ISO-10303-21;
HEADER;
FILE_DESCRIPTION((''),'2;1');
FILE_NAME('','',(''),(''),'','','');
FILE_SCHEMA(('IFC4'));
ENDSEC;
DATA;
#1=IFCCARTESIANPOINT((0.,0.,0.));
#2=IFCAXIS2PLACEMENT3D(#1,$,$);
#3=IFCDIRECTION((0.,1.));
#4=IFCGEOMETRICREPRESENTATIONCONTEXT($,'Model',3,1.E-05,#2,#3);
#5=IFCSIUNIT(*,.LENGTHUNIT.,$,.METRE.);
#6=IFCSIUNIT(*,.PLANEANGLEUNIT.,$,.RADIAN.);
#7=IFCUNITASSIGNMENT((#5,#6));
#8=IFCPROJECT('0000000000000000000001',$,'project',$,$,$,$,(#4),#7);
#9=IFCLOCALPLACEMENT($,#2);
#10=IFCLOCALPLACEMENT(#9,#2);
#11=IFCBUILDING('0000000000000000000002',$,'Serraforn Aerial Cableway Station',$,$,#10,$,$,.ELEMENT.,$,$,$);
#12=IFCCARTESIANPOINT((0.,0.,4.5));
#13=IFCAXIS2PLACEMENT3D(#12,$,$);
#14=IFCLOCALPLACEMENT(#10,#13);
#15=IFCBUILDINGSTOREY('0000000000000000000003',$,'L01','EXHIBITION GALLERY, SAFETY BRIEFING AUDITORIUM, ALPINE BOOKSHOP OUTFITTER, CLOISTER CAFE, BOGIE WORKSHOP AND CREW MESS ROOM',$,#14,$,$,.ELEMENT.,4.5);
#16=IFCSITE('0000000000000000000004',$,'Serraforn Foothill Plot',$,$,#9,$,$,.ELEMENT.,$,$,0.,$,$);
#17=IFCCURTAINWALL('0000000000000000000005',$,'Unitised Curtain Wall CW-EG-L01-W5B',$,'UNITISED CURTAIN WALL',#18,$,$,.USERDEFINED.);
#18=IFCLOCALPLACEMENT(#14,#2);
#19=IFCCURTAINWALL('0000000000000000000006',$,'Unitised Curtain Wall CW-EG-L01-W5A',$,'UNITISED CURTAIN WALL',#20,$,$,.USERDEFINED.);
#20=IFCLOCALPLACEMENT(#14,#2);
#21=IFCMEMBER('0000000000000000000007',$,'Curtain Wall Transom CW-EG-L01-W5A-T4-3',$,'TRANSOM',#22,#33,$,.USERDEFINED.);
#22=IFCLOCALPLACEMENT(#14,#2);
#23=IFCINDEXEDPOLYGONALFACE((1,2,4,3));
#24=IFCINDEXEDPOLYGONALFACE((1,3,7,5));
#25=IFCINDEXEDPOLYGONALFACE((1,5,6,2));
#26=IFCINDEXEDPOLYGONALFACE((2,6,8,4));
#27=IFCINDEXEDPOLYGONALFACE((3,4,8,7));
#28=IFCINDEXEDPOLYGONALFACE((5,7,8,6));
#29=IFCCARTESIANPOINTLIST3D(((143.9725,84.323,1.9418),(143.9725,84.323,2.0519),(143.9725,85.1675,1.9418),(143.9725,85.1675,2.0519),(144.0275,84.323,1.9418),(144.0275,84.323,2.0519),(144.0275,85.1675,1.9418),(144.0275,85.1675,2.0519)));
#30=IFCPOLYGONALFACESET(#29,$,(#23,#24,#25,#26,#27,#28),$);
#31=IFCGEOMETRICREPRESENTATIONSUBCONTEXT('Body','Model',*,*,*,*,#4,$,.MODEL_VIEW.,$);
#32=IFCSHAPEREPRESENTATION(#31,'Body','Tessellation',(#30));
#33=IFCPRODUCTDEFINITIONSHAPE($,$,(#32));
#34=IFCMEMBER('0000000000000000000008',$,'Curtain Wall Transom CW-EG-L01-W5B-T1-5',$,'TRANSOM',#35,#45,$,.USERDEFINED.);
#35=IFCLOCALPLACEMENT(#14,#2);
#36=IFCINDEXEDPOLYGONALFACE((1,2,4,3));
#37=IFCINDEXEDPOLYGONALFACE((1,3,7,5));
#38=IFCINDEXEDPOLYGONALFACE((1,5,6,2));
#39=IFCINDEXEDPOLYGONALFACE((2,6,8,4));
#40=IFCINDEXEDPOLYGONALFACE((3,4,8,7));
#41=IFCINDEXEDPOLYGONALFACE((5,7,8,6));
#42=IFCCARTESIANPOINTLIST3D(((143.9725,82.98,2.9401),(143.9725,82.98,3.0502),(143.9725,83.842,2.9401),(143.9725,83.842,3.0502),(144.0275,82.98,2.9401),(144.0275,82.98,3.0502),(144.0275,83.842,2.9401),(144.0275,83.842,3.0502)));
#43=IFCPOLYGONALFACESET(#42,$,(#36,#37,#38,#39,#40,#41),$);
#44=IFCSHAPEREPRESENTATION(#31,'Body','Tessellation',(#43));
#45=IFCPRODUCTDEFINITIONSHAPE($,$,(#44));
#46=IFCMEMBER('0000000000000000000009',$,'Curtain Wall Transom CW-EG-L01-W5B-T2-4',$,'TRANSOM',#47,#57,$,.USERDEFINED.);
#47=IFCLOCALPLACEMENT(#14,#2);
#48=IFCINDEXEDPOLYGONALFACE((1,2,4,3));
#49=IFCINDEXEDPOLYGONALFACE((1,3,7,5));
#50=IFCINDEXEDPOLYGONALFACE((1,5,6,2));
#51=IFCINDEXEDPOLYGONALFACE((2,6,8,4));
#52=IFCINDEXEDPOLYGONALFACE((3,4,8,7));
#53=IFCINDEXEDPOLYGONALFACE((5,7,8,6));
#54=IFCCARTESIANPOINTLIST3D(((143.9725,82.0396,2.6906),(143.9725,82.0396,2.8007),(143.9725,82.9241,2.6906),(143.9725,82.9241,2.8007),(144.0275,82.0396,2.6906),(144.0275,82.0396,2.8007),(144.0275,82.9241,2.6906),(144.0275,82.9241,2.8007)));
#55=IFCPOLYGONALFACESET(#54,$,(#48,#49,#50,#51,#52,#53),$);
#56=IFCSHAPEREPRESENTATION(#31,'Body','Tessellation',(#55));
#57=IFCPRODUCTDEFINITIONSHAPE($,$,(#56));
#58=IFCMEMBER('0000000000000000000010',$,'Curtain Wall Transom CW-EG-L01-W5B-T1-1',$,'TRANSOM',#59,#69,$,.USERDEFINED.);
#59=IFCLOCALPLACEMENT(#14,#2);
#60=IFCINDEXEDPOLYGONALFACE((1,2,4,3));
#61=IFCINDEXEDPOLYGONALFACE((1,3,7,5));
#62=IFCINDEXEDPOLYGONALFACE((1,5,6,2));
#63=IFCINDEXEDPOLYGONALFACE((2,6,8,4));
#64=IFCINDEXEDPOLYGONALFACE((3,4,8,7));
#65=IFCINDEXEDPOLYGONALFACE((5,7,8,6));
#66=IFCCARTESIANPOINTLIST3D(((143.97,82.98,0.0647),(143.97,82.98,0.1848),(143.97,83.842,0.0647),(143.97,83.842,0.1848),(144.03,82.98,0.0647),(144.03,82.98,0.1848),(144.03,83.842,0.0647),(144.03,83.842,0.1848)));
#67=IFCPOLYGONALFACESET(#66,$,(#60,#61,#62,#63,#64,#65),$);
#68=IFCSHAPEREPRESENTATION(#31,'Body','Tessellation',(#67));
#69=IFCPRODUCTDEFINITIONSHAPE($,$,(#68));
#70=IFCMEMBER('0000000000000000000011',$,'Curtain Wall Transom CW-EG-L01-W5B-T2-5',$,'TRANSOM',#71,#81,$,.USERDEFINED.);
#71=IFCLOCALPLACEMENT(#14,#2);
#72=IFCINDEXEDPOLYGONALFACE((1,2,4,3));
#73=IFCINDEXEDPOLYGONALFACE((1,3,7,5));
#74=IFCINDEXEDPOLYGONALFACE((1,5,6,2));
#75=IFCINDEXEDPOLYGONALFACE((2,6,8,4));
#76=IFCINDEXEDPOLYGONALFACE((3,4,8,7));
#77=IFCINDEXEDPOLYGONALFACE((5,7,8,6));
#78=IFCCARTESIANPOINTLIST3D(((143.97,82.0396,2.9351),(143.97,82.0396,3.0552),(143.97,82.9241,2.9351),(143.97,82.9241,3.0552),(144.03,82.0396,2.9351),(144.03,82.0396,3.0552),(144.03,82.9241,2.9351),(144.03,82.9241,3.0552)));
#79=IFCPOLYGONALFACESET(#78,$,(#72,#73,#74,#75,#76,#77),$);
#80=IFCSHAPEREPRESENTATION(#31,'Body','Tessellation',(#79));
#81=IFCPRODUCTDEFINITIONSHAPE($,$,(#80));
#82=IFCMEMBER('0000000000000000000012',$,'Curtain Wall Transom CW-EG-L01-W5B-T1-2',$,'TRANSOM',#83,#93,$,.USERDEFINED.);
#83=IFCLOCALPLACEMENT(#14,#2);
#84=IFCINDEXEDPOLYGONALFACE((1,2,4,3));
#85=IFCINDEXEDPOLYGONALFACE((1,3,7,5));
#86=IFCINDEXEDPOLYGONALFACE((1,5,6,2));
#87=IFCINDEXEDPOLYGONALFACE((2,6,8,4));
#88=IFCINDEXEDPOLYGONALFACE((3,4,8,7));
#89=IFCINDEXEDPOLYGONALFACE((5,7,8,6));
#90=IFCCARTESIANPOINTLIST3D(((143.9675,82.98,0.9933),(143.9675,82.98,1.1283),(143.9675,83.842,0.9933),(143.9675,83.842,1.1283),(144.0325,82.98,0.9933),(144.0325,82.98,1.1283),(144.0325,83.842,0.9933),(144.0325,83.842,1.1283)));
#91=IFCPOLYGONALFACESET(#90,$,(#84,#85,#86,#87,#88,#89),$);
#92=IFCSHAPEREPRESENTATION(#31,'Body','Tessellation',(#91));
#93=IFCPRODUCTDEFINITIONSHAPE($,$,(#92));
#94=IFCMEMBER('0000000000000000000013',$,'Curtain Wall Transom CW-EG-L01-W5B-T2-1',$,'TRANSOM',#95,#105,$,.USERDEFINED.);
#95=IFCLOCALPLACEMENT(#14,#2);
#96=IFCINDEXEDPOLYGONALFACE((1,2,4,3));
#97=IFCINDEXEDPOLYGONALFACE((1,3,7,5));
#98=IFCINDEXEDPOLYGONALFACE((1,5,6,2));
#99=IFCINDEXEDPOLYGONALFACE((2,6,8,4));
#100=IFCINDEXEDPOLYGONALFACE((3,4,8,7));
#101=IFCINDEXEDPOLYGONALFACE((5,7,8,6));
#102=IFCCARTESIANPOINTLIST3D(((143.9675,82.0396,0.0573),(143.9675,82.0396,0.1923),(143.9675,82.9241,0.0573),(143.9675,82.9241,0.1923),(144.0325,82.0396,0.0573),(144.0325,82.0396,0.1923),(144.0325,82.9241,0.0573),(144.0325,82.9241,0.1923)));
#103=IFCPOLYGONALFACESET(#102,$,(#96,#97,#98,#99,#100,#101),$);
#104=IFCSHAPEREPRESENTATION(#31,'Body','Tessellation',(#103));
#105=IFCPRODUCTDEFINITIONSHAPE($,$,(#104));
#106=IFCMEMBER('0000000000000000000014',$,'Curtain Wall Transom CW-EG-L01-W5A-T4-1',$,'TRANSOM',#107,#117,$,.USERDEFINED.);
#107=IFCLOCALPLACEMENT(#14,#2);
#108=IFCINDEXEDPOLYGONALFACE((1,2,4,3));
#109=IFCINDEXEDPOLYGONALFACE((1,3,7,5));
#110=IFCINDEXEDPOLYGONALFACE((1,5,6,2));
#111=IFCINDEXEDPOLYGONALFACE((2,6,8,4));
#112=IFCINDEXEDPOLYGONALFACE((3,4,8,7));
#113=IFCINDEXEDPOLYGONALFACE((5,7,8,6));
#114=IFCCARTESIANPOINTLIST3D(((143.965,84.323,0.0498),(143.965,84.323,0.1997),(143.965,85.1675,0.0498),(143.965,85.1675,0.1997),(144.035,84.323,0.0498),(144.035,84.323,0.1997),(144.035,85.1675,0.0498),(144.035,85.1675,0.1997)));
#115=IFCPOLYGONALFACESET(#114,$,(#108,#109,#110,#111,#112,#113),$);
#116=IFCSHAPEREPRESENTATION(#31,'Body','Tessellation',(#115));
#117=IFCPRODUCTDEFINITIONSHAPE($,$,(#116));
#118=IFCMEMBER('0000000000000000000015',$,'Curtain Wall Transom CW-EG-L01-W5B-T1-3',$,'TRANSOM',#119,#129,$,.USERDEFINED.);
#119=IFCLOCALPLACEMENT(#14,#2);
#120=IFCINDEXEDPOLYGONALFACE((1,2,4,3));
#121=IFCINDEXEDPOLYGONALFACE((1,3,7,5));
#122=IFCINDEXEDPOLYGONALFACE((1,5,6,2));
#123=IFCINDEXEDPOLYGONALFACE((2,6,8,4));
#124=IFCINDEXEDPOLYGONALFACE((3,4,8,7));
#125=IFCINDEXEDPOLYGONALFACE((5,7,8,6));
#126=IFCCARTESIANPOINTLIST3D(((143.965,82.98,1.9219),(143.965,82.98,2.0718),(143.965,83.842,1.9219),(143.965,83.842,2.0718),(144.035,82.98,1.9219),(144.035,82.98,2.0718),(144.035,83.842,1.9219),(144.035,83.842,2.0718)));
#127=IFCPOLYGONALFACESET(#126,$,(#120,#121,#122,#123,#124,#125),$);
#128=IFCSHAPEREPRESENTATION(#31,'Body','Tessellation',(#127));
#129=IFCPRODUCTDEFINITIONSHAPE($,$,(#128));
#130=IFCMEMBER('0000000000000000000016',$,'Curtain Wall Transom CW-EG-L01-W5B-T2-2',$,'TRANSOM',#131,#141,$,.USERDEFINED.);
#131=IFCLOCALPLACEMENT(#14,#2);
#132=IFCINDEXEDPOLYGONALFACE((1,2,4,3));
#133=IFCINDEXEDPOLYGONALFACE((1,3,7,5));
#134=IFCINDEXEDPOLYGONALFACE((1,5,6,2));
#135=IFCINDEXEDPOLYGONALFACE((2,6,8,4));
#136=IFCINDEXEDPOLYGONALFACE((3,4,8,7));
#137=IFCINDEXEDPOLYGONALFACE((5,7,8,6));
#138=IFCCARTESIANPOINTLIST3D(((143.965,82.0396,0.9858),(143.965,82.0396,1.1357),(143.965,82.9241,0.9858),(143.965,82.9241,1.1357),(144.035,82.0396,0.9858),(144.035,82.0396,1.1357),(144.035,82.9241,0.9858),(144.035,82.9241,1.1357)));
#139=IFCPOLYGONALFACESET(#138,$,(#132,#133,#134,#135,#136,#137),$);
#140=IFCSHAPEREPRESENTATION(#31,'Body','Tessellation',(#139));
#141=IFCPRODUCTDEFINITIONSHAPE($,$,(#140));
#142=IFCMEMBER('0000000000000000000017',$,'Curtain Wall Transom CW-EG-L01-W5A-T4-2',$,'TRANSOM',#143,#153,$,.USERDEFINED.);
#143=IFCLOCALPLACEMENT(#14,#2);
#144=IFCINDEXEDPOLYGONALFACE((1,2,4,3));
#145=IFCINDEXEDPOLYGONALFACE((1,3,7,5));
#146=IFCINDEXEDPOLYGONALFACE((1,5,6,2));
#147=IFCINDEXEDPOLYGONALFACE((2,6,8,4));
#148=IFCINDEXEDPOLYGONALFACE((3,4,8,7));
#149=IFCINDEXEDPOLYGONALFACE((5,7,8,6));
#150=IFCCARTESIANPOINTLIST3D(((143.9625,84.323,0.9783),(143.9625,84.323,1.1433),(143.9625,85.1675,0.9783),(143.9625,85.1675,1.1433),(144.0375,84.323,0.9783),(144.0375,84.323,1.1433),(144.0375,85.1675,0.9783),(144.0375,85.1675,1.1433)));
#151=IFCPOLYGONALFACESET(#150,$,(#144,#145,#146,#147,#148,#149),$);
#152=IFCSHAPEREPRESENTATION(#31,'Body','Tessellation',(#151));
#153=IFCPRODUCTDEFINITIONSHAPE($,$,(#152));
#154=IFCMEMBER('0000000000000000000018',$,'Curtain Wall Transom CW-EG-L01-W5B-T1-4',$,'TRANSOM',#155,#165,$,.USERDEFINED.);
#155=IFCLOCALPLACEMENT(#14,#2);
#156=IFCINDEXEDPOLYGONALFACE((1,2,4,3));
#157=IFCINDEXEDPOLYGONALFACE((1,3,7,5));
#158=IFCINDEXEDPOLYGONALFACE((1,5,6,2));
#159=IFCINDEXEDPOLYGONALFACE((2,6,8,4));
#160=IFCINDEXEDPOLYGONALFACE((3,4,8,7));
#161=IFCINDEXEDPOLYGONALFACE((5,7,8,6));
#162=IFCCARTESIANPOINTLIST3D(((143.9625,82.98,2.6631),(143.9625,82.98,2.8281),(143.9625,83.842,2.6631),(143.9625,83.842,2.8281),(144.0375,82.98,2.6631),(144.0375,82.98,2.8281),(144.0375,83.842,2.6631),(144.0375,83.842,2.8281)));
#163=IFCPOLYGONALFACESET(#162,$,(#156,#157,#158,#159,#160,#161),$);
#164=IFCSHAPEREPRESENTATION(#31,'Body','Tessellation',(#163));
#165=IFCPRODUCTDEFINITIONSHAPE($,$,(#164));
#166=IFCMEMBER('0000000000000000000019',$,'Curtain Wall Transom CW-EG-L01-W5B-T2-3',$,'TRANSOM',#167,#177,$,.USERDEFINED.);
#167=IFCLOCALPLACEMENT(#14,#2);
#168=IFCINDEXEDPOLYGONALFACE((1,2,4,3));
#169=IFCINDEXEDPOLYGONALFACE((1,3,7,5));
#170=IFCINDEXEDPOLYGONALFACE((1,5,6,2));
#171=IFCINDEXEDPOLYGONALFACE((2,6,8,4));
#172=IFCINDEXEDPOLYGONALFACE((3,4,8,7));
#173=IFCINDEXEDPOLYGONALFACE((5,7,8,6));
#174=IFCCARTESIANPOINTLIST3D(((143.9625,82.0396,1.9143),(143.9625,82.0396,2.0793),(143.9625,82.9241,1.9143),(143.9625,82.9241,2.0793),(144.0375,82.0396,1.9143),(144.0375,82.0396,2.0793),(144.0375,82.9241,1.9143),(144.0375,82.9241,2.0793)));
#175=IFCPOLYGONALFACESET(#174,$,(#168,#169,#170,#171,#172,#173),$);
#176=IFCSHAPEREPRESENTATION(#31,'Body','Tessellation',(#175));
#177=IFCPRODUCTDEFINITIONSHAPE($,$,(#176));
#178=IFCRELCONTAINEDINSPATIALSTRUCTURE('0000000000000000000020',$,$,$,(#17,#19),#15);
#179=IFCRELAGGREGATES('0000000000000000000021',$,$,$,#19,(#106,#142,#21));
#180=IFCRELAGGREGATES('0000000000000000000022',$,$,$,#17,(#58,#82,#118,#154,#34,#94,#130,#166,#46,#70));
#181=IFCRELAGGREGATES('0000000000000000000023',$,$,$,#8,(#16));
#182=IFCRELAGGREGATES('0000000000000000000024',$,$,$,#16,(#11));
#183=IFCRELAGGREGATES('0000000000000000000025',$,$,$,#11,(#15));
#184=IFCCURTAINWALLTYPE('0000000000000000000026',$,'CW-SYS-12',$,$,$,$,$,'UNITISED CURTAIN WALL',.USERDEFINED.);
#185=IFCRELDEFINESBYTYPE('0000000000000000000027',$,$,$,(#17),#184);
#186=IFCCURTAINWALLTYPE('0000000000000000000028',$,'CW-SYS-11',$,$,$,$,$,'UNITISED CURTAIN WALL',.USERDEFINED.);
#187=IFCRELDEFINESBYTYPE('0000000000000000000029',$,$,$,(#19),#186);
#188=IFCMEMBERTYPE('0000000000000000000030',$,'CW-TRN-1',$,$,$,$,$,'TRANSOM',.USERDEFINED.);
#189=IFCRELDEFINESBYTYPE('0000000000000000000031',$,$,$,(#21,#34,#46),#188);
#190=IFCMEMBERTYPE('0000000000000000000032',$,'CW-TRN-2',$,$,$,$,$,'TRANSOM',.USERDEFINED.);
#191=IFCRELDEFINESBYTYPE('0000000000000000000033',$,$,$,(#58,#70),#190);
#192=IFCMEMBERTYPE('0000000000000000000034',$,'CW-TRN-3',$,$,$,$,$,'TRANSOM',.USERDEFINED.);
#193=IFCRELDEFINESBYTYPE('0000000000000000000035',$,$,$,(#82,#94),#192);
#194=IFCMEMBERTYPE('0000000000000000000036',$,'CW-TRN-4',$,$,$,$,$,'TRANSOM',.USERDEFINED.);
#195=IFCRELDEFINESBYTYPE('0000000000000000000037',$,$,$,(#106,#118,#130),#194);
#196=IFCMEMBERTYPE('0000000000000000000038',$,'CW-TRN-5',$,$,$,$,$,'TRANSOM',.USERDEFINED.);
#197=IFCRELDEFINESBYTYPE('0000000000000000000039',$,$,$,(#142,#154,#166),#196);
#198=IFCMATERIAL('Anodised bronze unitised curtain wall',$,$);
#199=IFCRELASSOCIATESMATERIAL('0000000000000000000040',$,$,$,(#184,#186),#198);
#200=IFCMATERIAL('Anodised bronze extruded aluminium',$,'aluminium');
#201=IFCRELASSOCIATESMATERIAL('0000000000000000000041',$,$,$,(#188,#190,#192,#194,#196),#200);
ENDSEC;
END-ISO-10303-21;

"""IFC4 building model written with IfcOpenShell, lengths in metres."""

from ifc_helpers import new_model, si_unit, direction, frame, origin, origin_2d, place, context, subcontext, project, spatial, rectangle, extrude, material, material_profile, profile_set, type_object, element, aggregate, save


model = new_model("IFC4")

# Units and contexts
model_context = context("Model", 3, precision=1e-05, world=origin(), true_north=direction((0.0, 1.0)))
body_context = subcontext(model_context, "Body", "Model", "MODEL_VIEW")
ifc_project = project(units=[si_unit("LENGTHUNIT", "METRE"), si_unit("PLANEANGLEUNIT", "RADIAN")], contexts=[model_context])

# Site, building, storey
site_placement = place(None, origin())
site = spatial("IfcSite", under=ifc_project, at=site_placement, Name="Serraforn Foothill Plot", CompositionType="ELEMENT", RefElevation=0.0)
building_placement = place(site_placement, origin())
building = spatial("IfcBuilding", under=site, at=building_placement, Name="Serraforn Aerial Cableway Station", CompositionType="ELEMENT")
storey_placement = place(building_placement, frame((0.0, 0.0, 4.5)))
storey = spatial("IfcBuildingStorey", under=building, at=storey_placement, Name="L01", Description="EXHIBITION GALLERY, SAFETY BRIEFING AUDITORIUM, ALPINE BOOKSHOP OUTFITTER, CLOISTER CAFE, BOGIE WORKSHOP AND CREW MESS ROOM", CompositionType="ELEMENT", Elevation=4.5)

# Curtain walls, member
ifc_material_1 = material(Name="Anodised bronze unitised curtain wall")
curtain_wall_type_1 = type_object("IfcCurtainWallType", Name="CW-SYS-12", ElementType="UNITISED CURTAIN WALL", PredefinedType="USERDEFINED", material=ifc_material_1)
curtain_wall_1_placement = place(storey_placement, origin())
curtain_wall_1 = element("IfcCurtainWall", 1, at=curtain_wall_1_placement, inside=storey, type_object=curtain_wall_type_1, Name="Unitised Curtain Wall CW-EG-L01-W5B", ObjectType="UNITISED CURTAIN WALL", PredefinedType="USERDEFINED")
ifc_material_2 = material(Name="Anodised bronze extruded aluminium", Category="aluminium")
curtain_wall_type_2 = type_object("IfcCurtainWallType", Name="CW-SYS-11", ElementType="UNITISED CURTAIN WALL", PredefinedType="USERDEFINED", material=ifc_material_1)
curtain_wall_2_placement = place(storey_placement, origin())
curtain_wall_2 = element("IfcCurtainWall", 2, at=curtain_wall_2_placement, inside=storey, type_object=curtain_wall_type_2, Name="Unitised Curtain Wall CW-EG-L01-W5A", ObjectType="UNITISED CURTAIN WALL", PredefinedType="USERDEFINED")
ifc_material_profile_1 = material_profile(ifc_material_2, rectangle(XDim=0.0549, YDim=0.1101, at=origin_2d()), Name="CW TRANSOM 55x110")
ifc_profile_set_1 = profile_set([ifc_material_profile_1], Name="Anodised bronze extruded aluminium")
member_type_1 = type_object("IfcMemberType", Name="CW-TRN-1", ElementType="TRANSOM", PredefinedType="USERDEFINED", material=ifc_profile_set_1)
member_1_placement = place(storey_placement, frame((144.0, 85.1675, 1.9968), z_axis=(0.0, -1.0, 0.0), x_axis=(1.0, 0.0, 0.0)))
member_1 = element("IfcMember", 3, at=member_1_placement, type_object=member_type_1, Name="Curtain Wall Transom CW-EG-L01-W5A-T4-3", ObjectType="TRANSOM", PredefinedType="USERDEFINED", context=body_context, shape_type="SweptSolid", body=[
    extrude(rectangle(XDim=0.0549, YDim=0.1101, at=origin_2d()), origin(), (0.0, 0.0, 1.0), 0.8445),
])

# Members
member_2_placement = place(storey_placement, frame((144.0, 83.842, 2.9951), z_axis=(0.0, -1.0, 0.0), x_axis=(1.0, 0.0, 0.0)))
member_2 = element("IfcMember", 4, at=member_2_placement, type_object=member_type_1, Name="Curtain Wall Transom CW-EG-L01-W5B-T1-5", ObjectType="TRANSOM", PredefinedType="USERDEFINED", context=body_context, shape_type="SweptSolid", body=[
    extrude(rectangle(XDim=0.0549, YDim=0.1101, at=origin_2d()), origin(), (0.0, 0.0, 1.0), 0.8621),
])
member_3_placement = place(storey_placement, frame((144.0, 82.9241, 2.7456), z_axis=(0.0, -1.0, 0.0), x_axis=(1.0, 0.0, 0.0)))
member_3 = element("IfcMember", 5, at=member_3_placement, type_object=member_type_1, Name="Curtain Wall Transom CW-EG-L01-W5B-T2-4", ObjectType="TRANSOM", PredefinedType="USERDEFINED", context=body_context, shape_type="SweptSolid", body=[
    extrude(rectangle(XDim=0.0549, YDim=0.1101, at=origin_2d()), origin(), (0.0, 0.0, 1.0), 0.8845),
])
ifc_material_profile_2 = material_profile(ifc_material_2, rectangle(XDim=0.0601, YDim=0.1201, at=origin_2d()), Name="CW TRANSOM 60x120")
ifc_profile_set_2 = profile_set([ifc_material_profile_2], Name="Anodised bronze extruded aluminium")
member_type_2 = type_object("IfcMemberType", Name="CW-TRN-2", ElementType="TRANSOM", PredefinedType="USERDEFINED", material=ifc_profile_set_2)
member_4_placement = place(storey_placement, frame((144.0, 83.842, 0.1248), z_axis=(0.0, -1.0, 0.0), x_axis=(1.0, 0.0, 0.0)))
member_4 = element("IfcMember", 6, at=member_4_placement, type_object=member_type_2, Name="Curtain Wall Transom CW-EG-L01-W5B-T1-1", ObjectType="TRANSOM", PredefinedType="USERDEFINED", context=body_context, shape_type="SweptSolid", body=[
    extrude(rectangle(XDim=0.0601, YDim=0.1201, at=origin_2d()), origin(), (0.0, 0.0, 1.0), 0.8621),
])
member_5_placement = place(storey_placement, frame((144.0, 82.9241, 2.9951), z_axis=(0.0, -1.0, 0.0), x_axis=(1.0, 0.0, 0.0)))
member_5 = element("IfcMember", 7, at=member_5_placement, type_object=member_type_2, Name="Curtain Wall Transom CW-EG-L01-W5B-T2-5", ObjectType="TRANSOM", PredefinedType="USERDEFINED", context=body_context, shape_type="SweptSolid", body=[
    extrude(rectangle(XDim=0.0601, YDim=0.1201, at=origin_2d()), origin(), (0.0, 0.0, 1.0), 0.8845),
])
ifc_material_profile_3 = material_profile(ifc_material_2, rectangle(XDim=0.0649, YDim=0.135, at=origin_2d()), Name="CW TRANSOM 65x135")
ifc_profile_set_3 = profile_set([ifc_material_profile_3], Name="Anodised bronze extruded aluminium")
member_type_3 = type_object("IfcMemberType", Name="CW-TRN-3", ElementType="TRANSOM", PredefinedType="USERDEFINED", material=ifc_profile_set_3)
member_6_placement = place(storey_placement, frame((144.0, 83.842, 1.0608), z_axis=(0.0, -1.0, 0.0), x_axis=(1.0, 0.0, 0.0)))
member_6 = element("IfcMember", 8, at=member_6_placement, type_object=member_type_3, Name="Curtain Wall Transom CW-EG-L01-W5B-T1-2", ObjectType="TRANSOM", PredefinedType="USERDEFINED", context=body_context, shape_type="SweptSolid", body=[
    extrude(rectangle(XDim=0.0649, YDim=0.135, at=origin_2d()), origin(), (0.0, 0.0, 1.0), 0.8621),
])
member_7_placement = place(storey_placement, frame((144.0, 82.9241, 0.1248), z_axis=(0.0, -1.0, 0.0), x_axis=(1.0, 0.0, 0.0)))
member_7 = element("IfcMember", 9, at=member_7_placement, type_object=member_type_3, Name="Curtain Wall Transom CW-EG-L01-W5B-T2-1", ObjectType="TRANSOM", PredefinedType="USERDEFINED", context=body_context, shape_type="SweptSolid", body=[
    extrude(rectangle(XDim=0.0649, YDim=0.135, at=origin_2d()), origin(), (0.0, 0.0, 1.0), 0.8845),
])
ifc_material_profile_4 = material_profile(ifc_material_2, rectangle(XDim=0.0701, YDim=0.1499, at=origin_2d()), Name="CW TRANSOM 70x150")
ifc_profile_set_4 = profile_set([ifc_material_profile_4], Name="Anodised bronze extruded aluminium")
member_type_4 = type_object("IfcMemberType", Name="CW-TRN-4", ElementType="TRANSOM", PredefinedType="USERDEFINED", material=ifc_profile_set_4)
member_8_placement = place(storey_placement, frame((144.0, 85.1675, 0.1248), z_axis=(0.0, -1.0, 0.0), x_axis=(1.0, 0.0, 0.0)))
member_8 = element("IfcMember", 10, at=member_8_placement, type_object=member_type_4, Name="Curtain Wall Transom CW-EG-L01-W5A-T4-1", ObjectType="TRANSOM", PredefinedType="USERDEFINED", context=body_context, shape_type="SweptSolid", body=[
    extrude(rectangle(XDim=0.0701, YDim=0.1499, at=origin_2d()), origin(), (0.0, 0.0, 1.0), 0.8445),
])
member_9_placement = place(storey_placement, frame((144.0, 83.842, 1.9968), z_axis=(0.0, -1.0, 0.0), x_axis=(1.0, 0.0, 0.0)))
member_9 = element("IfcMember", 11, at=member_9_placement, type_object=member_type_4, Name="Curtain Wall Transom CW-EG-L01-W5B-T1-3", ObjectType="TRANSOM", PredefinedType="USERDEFINED", context=body_context, shape_type="SweptSolid", body=[
    extrude(rectangle(XDim=0.0701, YDim=0.1499, at=origin_2d()), origin(), (0.0, 0.0, 1.0), 0.8621),
])
member_10_placement = place(storey_placement, frame((144.0, 82.9241, 1.0608), z_axis=(0.0, -1.0, 0.0), x_axis=(1.0, 0.0, 0.0)))
member_10 = element("IfcMember", 12, at=member_10_placement, type_object=member_type_4, Name="Curtain Wall Transom CW-EG-L01-W5B-T2-2", ObjectType="TRANSOM", PredefinedType="USERDEFINED", context=body_context, shape_type="SweptSolid", body=[
    extrude(rectangle(XDim=0.0701, YDim=0.1499, at=origin_2d()), origin(), (0.0, 0.0, 1.0), 0.8845),
])
ifc_material_profile_5 = material_profile(ifc_material_2, rectangle(XDim=0.075, YDim=0.165, at=origin_2d()), Name="CW TRANSOM 75x165")
ifc_profile_set_5 = profile_set([ifc_material_profile_5], Name="Anodised bronze extruded aluminium")
member_type_5 = type_object("IfcMemberType", Name="CW-TRN-5", ElementType="TRANSOM", PredefinedType="USERDEFINED", material=ifc_profile_set_5)
member_11_placement = place(storey_placement, frame((144.0, 85.1675, 1.0608), z_axis=(0.0, -1.0, 0.0), x_axis=(1.0, 0.0, 0.0)))
member_11 = element("IfcMember", 13, at=member_11_placement, type_object=member_type_5, Name="Curtain Wall Transom CW-EG-L01-W5A-T4-2", ObjectType="TRANSOM", PredefinedType="USERDEFINED", context=body_context, shape_type="SweptSolid", body=[
    extrude(rectangle(XDim=0.075, YDim=0.165, at=origin_2d()), origin(), (0.0, 0.0, 1.0), 0.8445),
])
member_12_placement = place(storey_placement, frame((144.0, 83.842, 2.7456), z_axis=(0.0, -1.0, 0.0), x_axis=(1.0, 0.0, 0.0)))
member_12 = element("IfcMember", 14, at=member_12_placement, type_object=member_type_5, Name="Curtain Wall Transom CW-EG-L01-W5B-T1-4", ObjectType="TRANSOM", PredefinedType="USERDEFINED", context=body_context, shape_type="SweptSolid", body=[
    extrude(rectangle(XDim=0.075, YDim=0.165, at=origin_2d()), origin(), (0.0, 0.0, 1.0), 0.8621),
])
member_13_placement = place(storey_placement, frame((144.0, 82.9241, 1.9968), z_axis=(0.0, -1.0, 0.0), x_axis=(1.0, 0.0, 0.0)))
member_13 = element("IfcMember", 15, at=member_13_placement, type_object=member_type_5, Name="Curtain Wall Transom CW-EG-L01-W5B-T2-3", ObjectType="TRANSOM", PredefinedType="USERDEFINED", context=body_context, shape_type="SweptSolid", body=[
    extrude(rectangle(XDim=0.075, YDim=0.165, at=origin_2d()), origin(), (0.0, 0.0, 1.0), 0.8845),
])

aggregate(curtain_wall_2, [member_8, member_11, member_1])
aggregate(curtain_wall_1, [member_4, member_6, member_9, member_12, member_2, member_7, member_10, member_13, member_3, member_5])

save(model, "model.ifc")
